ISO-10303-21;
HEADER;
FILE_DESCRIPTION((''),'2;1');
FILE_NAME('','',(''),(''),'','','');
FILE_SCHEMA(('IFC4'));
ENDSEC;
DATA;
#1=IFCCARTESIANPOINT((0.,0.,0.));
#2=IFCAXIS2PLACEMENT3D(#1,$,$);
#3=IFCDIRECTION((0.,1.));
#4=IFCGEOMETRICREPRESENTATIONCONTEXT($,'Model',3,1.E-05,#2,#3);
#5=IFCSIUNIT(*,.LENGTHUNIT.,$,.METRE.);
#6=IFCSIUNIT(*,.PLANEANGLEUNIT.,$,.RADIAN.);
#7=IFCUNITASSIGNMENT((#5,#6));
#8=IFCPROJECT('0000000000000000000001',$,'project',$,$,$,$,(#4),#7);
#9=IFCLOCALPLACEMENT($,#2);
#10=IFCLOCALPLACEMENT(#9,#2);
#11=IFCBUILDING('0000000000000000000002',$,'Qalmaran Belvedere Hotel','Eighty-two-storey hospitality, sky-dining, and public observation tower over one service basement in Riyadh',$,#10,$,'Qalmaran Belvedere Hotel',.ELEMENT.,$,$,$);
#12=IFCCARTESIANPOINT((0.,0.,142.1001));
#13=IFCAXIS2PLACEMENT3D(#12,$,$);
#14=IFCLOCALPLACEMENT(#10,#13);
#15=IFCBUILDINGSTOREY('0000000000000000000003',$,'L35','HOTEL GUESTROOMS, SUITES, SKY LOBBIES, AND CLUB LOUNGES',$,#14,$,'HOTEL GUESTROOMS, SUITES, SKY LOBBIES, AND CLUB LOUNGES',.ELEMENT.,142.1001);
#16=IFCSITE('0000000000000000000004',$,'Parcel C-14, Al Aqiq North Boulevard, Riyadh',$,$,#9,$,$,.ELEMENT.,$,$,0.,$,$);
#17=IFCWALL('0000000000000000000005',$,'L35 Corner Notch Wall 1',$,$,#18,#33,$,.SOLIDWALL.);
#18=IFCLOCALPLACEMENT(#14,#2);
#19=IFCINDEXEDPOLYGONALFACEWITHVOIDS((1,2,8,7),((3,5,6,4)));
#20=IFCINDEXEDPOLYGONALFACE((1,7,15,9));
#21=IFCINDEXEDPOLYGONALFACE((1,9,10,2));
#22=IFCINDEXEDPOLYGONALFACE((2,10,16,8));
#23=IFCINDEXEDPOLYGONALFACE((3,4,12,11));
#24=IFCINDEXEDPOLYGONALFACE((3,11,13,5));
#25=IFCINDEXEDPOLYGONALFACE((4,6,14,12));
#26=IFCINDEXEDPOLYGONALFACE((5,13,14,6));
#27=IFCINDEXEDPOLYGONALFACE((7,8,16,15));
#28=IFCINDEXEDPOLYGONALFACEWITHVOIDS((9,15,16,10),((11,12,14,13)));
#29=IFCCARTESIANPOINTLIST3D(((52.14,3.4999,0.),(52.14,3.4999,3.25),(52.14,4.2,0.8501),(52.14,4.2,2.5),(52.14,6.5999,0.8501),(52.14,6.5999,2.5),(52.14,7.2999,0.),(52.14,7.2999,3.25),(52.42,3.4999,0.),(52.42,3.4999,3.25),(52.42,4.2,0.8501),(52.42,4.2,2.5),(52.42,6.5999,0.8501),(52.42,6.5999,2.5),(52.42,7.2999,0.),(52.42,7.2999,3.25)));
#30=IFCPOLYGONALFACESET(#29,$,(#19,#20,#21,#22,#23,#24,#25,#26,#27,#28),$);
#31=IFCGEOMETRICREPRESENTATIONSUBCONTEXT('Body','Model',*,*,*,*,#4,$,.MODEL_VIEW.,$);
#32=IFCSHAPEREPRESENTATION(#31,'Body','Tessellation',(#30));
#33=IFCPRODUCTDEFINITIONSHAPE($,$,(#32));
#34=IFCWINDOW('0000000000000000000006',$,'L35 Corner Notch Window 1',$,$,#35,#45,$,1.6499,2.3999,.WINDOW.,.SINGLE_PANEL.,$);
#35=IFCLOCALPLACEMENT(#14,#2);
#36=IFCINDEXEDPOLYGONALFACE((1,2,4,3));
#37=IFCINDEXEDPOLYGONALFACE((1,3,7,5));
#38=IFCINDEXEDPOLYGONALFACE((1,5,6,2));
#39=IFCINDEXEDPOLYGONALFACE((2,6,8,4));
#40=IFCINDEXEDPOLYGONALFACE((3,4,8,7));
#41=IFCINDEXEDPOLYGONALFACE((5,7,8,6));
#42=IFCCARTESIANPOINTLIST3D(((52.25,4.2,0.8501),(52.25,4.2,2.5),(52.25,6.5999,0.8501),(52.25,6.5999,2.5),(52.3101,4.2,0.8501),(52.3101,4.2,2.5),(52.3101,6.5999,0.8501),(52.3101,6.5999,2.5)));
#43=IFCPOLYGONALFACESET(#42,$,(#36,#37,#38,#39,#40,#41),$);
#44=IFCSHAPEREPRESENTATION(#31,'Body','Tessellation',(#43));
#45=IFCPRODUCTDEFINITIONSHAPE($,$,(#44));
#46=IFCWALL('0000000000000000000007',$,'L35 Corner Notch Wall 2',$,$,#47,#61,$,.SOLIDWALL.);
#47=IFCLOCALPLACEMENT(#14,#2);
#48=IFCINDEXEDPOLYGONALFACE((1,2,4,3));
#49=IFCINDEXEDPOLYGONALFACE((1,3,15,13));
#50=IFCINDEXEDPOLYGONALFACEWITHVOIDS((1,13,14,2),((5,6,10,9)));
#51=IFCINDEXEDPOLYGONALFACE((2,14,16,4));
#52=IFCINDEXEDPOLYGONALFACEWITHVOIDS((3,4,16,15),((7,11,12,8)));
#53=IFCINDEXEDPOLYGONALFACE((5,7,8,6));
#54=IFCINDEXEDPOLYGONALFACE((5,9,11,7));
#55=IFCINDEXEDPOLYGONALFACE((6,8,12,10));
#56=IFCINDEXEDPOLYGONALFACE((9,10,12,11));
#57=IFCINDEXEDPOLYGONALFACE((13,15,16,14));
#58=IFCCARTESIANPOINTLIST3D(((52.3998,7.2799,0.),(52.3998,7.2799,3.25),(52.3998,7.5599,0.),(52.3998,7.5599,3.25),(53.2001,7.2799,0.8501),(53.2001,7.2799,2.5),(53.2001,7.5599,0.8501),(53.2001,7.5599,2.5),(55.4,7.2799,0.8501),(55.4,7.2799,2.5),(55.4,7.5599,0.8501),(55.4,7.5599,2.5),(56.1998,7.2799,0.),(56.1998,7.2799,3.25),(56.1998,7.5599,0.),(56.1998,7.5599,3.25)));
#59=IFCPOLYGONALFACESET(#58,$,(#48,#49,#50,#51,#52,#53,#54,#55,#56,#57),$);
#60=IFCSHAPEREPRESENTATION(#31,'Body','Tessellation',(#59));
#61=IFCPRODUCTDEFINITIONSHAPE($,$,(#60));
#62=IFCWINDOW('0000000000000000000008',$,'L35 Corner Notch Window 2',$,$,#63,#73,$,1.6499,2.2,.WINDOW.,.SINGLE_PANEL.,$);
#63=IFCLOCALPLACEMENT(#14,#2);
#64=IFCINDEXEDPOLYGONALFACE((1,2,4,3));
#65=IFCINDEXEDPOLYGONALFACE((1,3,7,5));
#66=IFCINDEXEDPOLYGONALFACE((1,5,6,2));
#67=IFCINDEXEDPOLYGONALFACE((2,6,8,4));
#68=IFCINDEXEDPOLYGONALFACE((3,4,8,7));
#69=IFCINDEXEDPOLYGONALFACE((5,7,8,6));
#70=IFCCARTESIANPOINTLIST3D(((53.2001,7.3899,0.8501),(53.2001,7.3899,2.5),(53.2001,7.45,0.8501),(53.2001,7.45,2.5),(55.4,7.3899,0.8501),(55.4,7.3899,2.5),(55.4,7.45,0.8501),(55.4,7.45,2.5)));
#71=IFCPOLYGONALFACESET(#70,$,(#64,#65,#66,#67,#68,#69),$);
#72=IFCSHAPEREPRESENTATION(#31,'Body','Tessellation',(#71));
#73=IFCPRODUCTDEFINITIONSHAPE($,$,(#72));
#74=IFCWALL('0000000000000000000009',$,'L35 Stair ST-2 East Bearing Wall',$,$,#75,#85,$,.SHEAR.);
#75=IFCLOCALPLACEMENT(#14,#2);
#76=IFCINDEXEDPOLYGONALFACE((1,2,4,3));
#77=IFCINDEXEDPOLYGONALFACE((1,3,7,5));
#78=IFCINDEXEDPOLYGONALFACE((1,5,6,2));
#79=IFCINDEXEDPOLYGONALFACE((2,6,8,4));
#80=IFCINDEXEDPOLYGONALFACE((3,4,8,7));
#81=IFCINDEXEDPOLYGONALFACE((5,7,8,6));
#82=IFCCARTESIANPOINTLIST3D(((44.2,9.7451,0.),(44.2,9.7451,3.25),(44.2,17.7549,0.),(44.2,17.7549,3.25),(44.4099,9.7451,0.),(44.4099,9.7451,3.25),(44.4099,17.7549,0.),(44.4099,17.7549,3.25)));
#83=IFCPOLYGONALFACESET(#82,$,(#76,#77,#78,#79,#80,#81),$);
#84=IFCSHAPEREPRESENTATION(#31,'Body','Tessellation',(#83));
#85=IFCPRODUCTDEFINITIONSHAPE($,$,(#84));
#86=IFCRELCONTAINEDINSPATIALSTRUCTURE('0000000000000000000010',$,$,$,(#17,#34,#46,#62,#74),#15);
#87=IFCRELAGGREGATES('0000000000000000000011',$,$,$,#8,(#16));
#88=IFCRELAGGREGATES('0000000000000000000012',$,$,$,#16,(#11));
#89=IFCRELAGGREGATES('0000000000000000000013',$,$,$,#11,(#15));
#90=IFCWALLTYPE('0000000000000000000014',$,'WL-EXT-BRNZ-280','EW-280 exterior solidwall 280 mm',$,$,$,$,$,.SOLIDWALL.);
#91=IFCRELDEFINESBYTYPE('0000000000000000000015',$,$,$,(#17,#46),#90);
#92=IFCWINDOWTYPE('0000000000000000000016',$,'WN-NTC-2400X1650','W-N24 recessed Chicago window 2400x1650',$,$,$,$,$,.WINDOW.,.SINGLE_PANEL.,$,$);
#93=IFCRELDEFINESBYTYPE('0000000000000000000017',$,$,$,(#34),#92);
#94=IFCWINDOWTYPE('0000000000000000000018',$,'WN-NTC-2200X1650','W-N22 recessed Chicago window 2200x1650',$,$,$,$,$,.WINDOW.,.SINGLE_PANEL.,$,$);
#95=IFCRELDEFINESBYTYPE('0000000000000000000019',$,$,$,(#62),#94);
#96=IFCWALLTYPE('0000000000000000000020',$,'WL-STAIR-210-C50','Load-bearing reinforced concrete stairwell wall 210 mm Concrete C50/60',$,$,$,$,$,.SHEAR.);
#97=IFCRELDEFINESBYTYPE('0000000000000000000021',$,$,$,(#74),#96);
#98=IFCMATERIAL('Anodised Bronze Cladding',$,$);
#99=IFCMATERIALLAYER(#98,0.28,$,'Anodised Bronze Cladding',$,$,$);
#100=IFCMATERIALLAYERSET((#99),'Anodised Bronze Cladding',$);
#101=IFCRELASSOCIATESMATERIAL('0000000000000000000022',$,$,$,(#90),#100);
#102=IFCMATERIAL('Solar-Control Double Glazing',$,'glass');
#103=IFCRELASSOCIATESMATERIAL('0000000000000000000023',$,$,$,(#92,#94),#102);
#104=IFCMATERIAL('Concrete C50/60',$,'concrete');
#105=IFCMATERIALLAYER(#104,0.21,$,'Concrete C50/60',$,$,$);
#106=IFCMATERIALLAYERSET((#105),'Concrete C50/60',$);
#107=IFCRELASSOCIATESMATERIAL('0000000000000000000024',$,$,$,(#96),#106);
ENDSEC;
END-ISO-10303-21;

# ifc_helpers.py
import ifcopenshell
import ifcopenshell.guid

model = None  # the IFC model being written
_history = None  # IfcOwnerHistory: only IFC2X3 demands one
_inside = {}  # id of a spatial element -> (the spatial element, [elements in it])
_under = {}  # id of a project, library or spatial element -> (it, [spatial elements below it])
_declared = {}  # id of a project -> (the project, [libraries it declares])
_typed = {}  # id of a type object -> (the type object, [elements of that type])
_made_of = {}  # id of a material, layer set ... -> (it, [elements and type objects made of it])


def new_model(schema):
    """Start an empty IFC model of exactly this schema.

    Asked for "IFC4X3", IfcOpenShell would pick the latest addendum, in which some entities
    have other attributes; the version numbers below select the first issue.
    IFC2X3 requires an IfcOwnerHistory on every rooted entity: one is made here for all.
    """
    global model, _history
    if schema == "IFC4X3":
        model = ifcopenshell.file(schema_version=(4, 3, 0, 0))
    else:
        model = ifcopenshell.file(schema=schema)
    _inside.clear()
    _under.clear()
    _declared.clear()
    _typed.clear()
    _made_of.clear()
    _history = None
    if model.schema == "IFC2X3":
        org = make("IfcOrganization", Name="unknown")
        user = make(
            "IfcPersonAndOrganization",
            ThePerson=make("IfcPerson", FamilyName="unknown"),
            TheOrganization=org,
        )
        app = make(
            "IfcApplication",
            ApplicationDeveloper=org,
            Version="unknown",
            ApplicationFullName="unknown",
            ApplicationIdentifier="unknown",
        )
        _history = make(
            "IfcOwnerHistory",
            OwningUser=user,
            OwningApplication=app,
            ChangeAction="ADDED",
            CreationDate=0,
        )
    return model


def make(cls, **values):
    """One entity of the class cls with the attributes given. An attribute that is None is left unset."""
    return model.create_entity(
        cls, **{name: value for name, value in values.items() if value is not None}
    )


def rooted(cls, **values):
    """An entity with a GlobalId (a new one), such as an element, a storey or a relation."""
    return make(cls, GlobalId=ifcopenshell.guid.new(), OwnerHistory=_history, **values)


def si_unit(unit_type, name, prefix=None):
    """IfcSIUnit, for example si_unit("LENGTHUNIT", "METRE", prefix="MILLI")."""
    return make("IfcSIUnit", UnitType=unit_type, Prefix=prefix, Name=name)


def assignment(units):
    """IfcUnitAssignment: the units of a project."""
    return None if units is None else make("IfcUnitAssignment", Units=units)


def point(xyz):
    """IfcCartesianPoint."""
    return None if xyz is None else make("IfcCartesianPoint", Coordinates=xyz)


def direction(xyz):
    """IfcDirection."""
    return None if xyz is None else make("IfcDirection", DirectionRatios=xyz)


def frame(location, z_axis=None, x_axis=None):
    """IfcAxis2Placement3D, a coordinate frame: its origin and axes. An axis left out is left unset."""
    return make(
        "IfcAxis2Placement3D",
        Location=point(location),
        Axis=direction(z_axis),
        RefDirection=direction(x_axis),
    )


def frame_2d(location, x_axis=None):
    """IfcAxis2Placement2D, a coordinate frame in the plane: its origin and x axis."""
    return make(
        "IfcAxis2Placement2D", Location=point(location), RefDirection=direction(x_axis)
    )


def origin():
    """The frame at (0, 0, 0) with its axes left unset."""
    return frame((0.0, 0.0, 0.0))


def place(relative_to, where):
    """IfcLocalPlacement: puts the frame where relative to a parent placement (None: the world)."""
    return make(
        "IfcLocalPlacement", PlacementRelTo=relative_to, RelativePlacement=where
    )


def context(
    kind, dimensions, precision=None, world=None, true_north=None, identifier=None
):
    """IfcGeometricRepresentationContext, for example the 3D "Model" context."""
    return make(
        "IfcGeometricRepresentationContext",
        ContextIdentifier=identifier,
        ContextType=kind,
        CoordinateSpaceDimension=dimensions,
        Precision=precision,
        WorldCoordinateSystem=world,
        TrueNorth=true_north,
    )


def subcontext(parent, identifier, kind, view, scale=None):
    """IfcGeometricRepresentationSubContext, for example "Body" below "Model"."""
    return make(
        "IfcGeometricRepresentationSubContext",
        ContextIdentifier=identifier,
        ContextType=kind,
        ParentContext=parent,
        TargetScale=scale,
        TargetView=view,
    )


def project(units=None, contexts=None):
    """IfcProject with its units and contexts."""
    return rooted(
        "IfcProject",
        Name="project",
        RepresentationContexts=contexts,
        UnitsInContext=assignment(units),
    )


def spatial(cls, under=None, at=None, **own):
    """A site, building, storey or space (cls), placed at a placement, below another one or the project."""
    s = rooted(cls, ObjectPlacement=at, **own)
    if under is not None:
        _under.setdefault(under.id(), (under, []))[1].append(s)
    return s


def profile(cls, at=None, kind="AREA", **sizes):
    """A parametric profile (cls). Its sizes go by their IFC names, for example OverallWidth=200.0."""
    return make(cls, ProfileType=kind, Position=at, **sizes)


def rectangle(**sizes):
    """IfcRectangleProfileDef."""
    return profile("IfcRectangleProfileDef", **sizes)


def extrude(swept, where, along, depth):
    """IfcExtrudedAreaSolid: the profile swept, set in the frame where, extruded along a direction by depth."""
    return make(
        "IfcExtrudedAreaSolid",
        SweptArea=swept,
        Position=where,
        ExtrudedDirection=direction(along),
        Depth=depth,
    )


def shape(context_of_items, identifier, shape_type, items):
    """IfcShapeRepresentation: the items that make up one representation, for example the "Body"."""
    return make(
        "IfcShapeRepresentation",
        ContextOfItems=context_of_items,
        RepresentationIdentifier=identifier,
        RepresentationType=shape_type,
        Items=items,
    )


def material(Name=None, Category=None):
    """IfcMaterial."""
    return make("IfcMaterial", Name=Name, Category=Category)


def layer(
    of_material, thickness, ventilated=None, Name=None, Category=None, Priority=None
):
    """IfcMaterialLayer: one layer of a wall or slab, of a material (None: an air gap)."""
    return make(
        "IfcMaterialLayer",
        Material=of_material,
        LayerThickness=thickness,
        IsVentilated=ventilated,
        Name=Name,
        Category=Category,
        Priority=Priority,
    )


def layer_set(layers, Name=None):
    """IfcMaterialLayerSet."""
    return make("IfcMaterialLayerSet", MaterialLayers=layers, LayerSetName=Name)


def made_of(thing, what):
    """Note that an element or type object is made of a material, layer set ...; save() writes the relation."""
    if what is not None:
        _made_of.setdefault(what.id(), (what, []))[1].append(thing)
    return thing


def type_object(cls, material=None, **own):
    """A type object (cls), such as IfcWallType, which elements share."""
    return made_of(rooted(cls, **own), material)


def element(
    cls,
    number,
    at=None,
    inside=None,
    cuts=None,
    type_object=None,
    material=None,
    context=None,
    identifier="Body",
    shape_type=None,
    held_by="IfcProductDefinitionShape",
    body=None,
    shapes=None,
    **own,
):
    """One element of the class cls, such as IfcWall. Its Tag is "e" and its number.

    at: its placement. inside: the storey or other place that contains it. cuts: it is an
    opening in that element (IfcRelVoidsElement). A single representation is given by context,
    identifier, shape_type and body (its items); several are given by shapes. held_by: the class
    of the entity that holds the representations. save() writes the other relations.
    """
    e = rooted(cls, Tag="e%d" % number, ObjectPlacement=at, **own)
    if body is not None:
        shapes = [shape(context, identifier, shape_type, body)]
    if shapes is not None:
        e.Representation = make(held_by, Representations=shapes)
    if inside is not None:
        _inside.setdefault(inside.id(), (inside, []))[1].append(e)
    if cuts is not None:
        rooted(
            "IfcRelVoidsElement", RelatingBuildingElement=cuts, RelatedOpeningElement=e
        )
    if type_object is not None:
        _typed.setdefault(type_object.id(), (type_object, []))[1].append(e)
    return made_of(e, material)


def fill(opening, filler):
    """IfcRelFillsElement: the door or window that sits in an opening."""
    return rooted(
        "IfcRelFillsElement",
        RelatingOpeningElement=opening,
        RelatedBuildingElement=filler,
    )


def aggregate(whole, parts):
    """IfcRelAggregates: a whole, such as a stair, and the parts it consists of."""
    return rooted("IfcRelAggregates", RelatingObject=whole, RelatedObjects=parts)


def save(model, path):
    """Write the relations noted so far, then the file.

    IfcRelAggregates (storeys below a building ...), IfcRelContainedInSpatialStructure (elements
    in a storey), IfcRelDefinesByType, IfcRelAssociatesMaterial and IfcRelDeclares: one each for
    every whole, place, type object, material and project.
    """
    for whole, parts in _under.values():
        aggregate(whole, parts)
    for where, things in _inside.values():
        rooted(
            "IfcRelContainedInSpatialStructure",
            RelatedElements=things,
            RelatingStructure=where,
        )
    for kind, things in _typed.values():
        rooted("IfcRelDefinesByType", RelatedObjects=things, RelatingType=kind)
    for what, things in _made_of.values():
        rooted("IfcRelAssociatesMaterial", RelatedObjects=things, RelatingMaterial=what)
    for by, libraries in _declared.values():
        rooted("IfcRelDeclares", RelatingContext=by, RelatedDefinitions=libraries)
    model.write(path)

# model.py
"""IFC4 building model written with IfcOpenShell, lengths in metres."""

from ifc_helpers import new_model, si_unit, direction, frame, frame_2d, origin, place, context, subcontext, project, spatial, rectangle, extrude, material, layer, layer_set, type_object, element, fill, save


model = new_model("IFC4")

# Units and contexts
model_context = context("Model", 3, precision=1e-05, world=origin(), true_north=direction((0.0, 1.0)))
body_context = subcontext(model_context, "Body", "Model", "MODEL_VIEW")
ifc_project = project(units=[si_unit("LENGTHUNIT", "METRE"), si_unit("PLANEANGLEUNIT", "RADIAN")], contexts=[model_context])

# Site, building, storey
site_placement = place(None, origin())
site = spatial("IfcSite", under=ifc_project, at=site_placement, Name="Parcel C-14, Al Aqiq North Boulevard, Riyadh", CompositionType="ELEMENT", RefElevation=0.0)
building_placement = place(site_placement, origin())
building = spatial("IfcBuilding", under=site, at=building_placement, Name="Qalmaran Belvedere Hotel", Description="Eighty-two-storey hospitality, sky-dining, and public observation tower over one service basement in Riyadh", LongName="Qalmaran Belvedere Hotel", CompositionType="ELEMENT")
storey_placement = place(building_placement, frame((0.0, 0.0, 142.1001)))
storey = spatial("IfcBuildingStorey", under=building, at=storey_placement, Name="L35", Description="HOTEL GUESTROOMS, SUITES, SKY LOBBIES, AND CLUB LOUNGES", LongName="HOTEL GUESTROOMS, SUITES, SKY LOBBIES, AND CLUB LOUNGES", CompositionType="ELEMENT", Elevation=142.1001)

# Shared definitions
ifc_material_1 = material(Name="Concrete C50/60", Category="concrete")

# Shared definitions
ifc_material_2 = material(Name="Solar-Control Double Glazing", Category="glass")

# Walls, openings, windows
ifc_material_3 = material(Name="Anodised Bronze Cladding")
ifc_layer_1 = layer(ifc_material_3, 0.28, Name="Anodised Bronze Cladding")
ifc_layer_set_1 = layer_set([ifc_layer_1], Name="Anodised Bronze Cladding")
wall_type_1 = type_object("IfcWallType", Name="WL-EXT-BRNZ-280", Description="EW-280 exterior solidwall 280 mm", PredefinedType="SOLIDWALL", material=ifc_layer_set_1)
wall_1_placement = place(storey_placement, frame((52.28, 3.5, 0.0), z_axis=(0.0, 0.0, 1.0), x_axis=(0.0, 1.0, 0.0)))
wall_1 = element("IfcWall", 1, at=wall_1_placement, inside=storey, type_object=wall_type_1, Name="L35 Corner Notch Wall 1", PredefinedType="SOLIDWALL", context=body_context, shape_type="SweptSolid", body=[
    extrude(rectangle(XDim=3.8, YDim=0.28, at=frame_2d((1.8999, 0.0))), origin(), (0.0, 0.0, 1.0), 3.25),
])
opening_1_placement = place(wall_1_placement, frame((0.7, 0.0, 0.8501)))
opening_1 = element("IfcOpeningElement", 2, at=opening_1_placement, cuts=wall_1, PredefinedType="OPENING", context=body_context, shape_type="SweptSolid", body=[
    extrude(rectangle(XDim=2.3999, YDim=1.6499, at=frame_2d((1.2, 0.825))), frame((0.0, 0.1499, 0.0), z_axis=(0.0, -1.0, 0.0), x_axis=(1.0, 0.0, 0.0)), (0.0, 0.0, 1.0), 0.3),
])
window_type_1 = type_object("IfcWindowType", Name="WN-NTC-2400X1650", Description="W-N24 recessed Chicago window 2400x1650", PartitioningType="SINGLE_PANEL", PredefinedType="WINDOW", material=ifc_material_2)
window_1_placement = place(opening_1_placement, origin())
window_1 = element("IfcWindow", 3, at=window_1_placement, inside=storey, type_object=window_type_1, Name="L35 Corner Notch Window 1", OverallHeight=1.6499, OverallWidth=2.3999, PartitioningType="SINGLE_PANEL", PredefinedType="WINDOW", context=body_context, shape_type="SweptSolid", body=[
    extrude(rectangle(XDim=2.3999, YDim=1.6499, at=frame_2d((1.2, 0.825))), frame((0.0, 0.03, 0.0), z_axis=(0.0, -1.0, 0.0), x_axis=(1.0, 0.0, 0.0)), (0.0, 0.0, 1.0), 0.0601),
])
fill(opening_1, window_1)
wall_2_placement = place(storey_placement, frame((52.3999, 7.4199, 0.0), z_axis=(0.0, 0.0, 1.0), x_axis=(1.0, 0.0, 0.0)))
wall_2 = element("IfcWall", 4, at=wall_2_placement, inside=storey, type_object=wall_type_1, Name="L35 Corner Notch Wall 2", PredefinedType="SOLIDWALL", context=body_context, shape_type="SweptSolid", body=[
    extrude(rectangle(XDim=3.8, YDim=0.28, at=frame_2d((1.8999, 0.0))), origin(), (0.0, 0.0, 1.0), 3.25),
])
opening_2_placement = place(wall_2_placement, frame((0.8, 0.0, 0.8501)))
opening_2 = element("IfcOpeningElement", 5, at=opening_2_placement, cuts=wall_2, PredefinedType="OPENING", context=body_context, shape_type="SweptSolid", body=[
    extrude(rectangle(XDim=2.2, YDim=1.6499, at=frame_2d((1.1001, 0.825))), frame((0.0, 0.1499, 0.0), z_axis=(0.0, -1.0, 0.0), x_axis=(1.0, 0.0, 0.0)), (0.0, 0.0, 1.0), 0.3),
])
window_type_2 = type_object("IfcWindowType", Name="WN-NTC-2200X1650", Description="W-N22 recessed Chicago window 2200x1650", PartitioningType="SINGLE_PANEL", PredefinedType="WINDOW", material=ifc_material_2)
window_2_placement = place(opening_2_placement, origin())
window_2 = element("IfcWindow", 6, at=window_2_placement, inside=storey, type_object=window_type_2, Name="L35 Corner Notch Window 2", OverallHeight=1.6499, OverallWidth=2.2, PartitioningType="SINGLE_PANEL", PredefinedType="WINDOW", context=body_context, shape_type="SweptSolid", body=[
    extrude(rectangle(XDim=2.2, YDim=1.6499, at=frame_2d((1.1001, 0.825))), frame((0.0, 0.03, 0.0), z_axis=(0.0, -1.0, 0.0), x_axis=(1.0, 0.0, 0.0)), (0.0, 0.0, 1.0), 0.0601),
])
fill(opening_2, window_2)

# Wall
ifc_layer_2 = layer(ifc_material_1, 0.21, Name="Concrete C50/60")
ifc_layer_set_2 = layer_set([ifc_layer_2], Name="Concrete C50/60")
wall_type_2 = type_object("IfcWallType", Name="WL-STAIR-210-C50", Description="Load-bearing reinforced concrete stairwell wall 210 mm Concrete C50/60", PredefinedType="SHEAR", material=ifc_layer_set_2)
wall_3_placement = place(storey_placement, frame((44.3049, 9.7451, 0.0), z_axis=(0.0, 0.0, 1.0), x_axis=(0.0, 1.0, 0.0)))
element("IfcWall", 7, at=wall_3_placement, inside=storey, type_object=wall_type_2, Name="L35 Stair ST-2 East Bearing Wall", PredefinedType="SHEAR", context=body_context, shape_type="SweptSolid", body=[
    extrude(rectangle(XDim=8.0098, YDim=0.21, at=frame_2d((4.0049, 0.0))), origin(), (0.0, 0.0, 1.0), 3.25),
])

save(model, "model.ifc")
